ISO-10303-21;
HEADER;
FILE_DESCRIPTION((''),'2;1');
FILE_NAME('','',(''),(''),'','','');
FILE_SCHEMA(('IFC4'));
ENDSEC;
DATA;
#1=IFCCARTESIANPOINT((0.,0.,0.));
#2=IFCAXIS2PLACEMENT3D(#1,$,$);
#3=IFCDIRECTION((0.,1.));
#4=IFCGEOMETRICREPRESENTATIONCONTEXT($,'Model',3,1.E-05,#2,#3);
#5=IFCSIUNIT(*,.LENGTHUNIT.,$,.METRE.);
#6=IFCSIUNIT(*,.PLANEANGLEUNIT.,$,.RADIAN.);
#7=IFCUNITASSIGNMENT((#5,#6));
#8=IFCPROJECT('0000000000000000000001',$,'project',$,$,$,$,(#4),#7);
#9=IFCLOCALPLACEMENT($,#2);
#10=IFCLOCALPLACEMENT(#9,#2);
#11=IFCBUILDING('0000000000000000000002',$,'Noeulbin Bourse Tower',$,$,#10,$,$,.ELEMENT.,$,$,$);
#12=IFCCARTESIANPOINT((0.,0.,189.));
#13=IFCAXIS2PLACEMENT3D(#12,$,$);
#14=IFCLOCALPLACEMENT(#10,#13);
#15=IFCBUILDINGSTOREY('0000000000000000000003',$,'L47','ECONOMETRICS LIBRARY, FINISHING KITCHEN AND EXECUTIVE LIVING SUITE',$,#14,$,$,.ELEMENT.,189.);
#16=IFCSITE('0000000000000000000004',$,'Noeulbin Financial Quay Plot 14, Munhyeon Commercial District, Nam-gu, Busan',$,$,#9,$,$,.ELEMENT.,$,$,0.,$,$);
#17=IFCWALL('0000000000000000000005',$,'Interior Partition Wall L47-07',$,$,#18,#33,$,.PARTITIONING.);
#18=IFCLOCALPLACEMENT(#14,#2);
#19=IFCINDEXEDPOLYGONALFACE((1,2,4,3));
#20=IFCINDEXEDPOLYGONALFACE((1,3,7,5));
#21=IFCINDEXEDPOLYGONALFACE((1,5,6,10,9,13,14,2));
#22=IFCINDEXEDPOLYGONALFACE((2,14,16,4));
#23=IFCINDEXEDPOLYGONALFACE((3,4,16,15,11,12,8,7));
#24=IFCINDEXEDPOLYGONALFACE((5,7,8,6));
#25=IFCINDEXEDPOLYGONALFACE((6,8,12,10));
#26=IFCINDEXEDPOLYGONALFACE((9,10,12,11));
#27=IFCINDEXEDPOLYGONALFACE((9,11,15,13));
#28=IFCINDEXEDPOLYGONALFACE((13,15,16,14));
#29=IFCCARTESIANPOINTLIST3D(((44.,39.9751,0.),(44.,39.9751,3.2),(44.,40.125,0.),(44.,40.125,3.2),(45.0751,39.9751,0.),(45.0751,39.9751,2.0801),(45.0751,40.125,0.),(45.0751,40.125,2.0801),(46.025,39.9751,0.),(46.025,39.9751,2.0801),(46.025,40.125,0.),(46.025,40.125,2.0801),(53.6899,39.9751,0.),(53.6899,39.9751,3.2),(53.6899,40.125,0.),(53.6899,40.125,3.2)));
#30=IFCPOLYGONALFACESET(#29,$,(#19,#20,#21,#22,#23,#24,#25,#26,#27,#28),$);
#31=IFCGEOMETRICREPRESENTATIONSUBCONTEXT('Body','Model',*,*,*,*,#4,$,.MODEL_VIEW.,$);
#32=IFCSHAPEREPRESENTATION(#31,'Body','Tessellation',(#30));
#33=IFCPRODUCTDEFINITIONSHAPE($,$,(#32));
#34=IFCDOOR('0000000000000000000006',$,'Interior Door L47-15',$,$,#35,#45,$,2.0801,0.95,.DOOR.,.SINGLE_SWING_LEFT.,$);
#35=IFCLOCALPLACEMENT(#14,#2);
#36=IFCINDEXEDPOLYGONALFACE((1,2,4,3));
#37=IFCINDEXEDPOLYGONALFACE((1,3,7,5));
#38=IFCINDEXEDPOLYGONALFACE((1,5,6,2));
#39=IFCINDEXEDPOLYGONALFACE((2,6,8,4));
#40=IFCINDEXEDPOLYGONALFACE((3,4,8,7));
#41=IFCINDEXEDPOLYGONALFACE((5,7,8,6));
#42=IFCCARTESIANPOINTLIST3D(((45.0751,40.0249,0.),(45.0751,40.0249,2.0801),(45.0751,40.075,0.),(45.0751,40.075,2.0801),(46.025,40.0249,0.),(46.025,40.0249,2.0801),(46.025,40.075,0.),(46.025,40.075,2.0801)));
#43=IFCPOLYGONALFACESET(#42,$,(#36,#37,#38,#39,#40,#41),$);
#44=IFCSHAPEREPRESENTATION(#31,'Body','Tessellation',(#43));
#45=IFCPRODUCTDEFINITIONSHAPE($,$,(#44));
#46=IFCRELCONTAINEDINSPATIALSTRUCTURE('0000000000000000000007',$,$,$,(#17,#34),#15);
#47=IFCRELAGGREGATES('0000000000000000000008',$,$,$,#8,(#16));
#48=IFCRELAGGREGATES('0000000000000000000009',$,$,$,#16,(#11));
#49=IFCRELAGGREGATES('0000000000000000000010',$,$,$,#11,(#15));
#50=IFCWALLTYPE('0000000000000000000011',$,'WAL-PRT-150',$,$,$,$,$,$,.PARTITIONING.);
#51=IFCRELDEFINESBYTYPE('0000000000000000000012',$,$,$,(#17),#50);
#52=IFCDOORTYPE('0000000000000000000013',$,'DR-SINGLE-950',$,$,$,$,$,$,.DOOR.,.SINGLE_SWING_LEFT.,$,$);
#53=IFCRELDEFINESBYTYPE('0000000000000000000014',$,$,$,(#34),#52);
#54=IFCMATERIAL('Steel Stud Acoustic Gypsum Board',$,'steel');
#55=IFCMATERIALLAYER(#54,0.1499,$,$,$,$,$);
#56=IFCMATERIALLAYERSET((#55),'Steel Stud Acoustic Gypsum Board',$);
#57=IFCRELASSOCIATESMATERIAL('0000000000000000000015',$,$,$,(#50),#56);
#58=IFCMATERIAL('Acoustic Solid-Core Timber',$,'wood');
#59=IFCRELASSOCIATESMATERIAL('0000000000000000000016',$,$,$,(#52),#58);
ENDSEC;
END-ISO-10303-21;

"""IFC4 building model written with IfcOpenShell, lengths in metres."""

from ifc_helpers import new_model, si_unit, direction, frame, frame_2d, origin, place, context, subcontext, project, spatial, rectangle, extrude, material, layer, layer_set, type_object, element, fill, save


model = new_model("IFC4")

# Units and contexts
model_context = context("Model", 3, precision=1e-05, world=origin(), true_north=direction((0.0, 1.0)))
body_context = subcontext(model_context, "Body", "Model", "MODEL_VIEW")
ifc_project = project(units=[si_unit("LENGTHUNIT", "METRE"), si_unit("PLANEANGLEUNIT", "RADIAN")], contexts=[model_context])

# Site, building, storey
site_placement = place(None, origin())
site = spatial("IfcSite", under=ifc_project, at=site_placement, Name="Noeulbin Financial Quay Plot 14, Munhyeon Commercial District, Nam-gu, Busan", CompositionType="ELEMENT", RefElevation=0.0)
building_placement = place(site_placement, origin())
building = spatial("IfcBuilding", under=site, at=building_placement, Name="Noeulbin Bourse Tower", CompositionType="ELEMENT")
storey_placement = place(building_placement, frame((0.0, 0.0, 189.0)))
storey = spatial("IfcBuildingStorey", under=building, at=storey_placement, Name="L47", Description="ECONOMETRICS LIBRARY, FINISHING KITCHEN AND EXECUTIVE LIVING SUITE", CompositionType="ELEMENT", Elevation=189.0)

# Wall, opening, door
ifc_material_1 = material(Name="Steel Stud Acoustic Gypsum Board", Category="steel")
ifc_layer_1 = layer(ifc_material_1, 0.1499)
ifc_layer_set_1 = layer_set([ifc_layer_1], Name="Steel Stud Acoustic Gypsum Board")
wall_type_1 = type_object("IfcWallType", Name="WAL-PRT-150", PredefinedType="PARTITIONING", material=ifc_layer_set_1)
wall_placement = place(storey_placement, frame((44.0, 40.05, 0.0), z_axis=(0.0, 0.0, 1.0), x_axis=(1.0, 0.0, 0.0)))
wall = element("IfcWall", 1, at=wall_placement, inside=storey, type_object=wall_type_1, Name="Interior Partition Wall L47-07", PredefinedType="PARTITIONING", context=body_context, shape_type="SweptSolid", body=[
    extrude(rectangle(XDim=9.6899, YDim=0.1499, at=frame_2d((4.845, 0.0))), origin(), (0.0, 0.0, 1.0), 3.2),
])
opening_placement = place(wall_placement, frame((1.075, 0.0, 0.0)))
opening = element("IfcOpeningElement", 2, at=opening_placement, cuts=wall, PredefinedType="OPENING", context=body_context, shape_type="SweptSolid", body=[
    extrude(rectangle(XDim=0.95, YDim=2.0801, at=frame_2d((0.4751, 1.04))), frame((0.0, 0.085, 0.0), z_axis=(0.0, -1.0, 0.0), x_axis=(1.0, 0.0, 0.0)), (0.0, 0.0, 1.0), 0.1699),
])
ifc_material_2 = material(Name="Acoustic Solid-Core Timber", Category="wood")
door_type = type_object("IfcDoorType", Name="DR-SINGLE-950", OperationType="SINGLE_SWING_LEFT", PredefinedType="DOOR", material=ifc_material_2)
door_placement = place(opening_placement, origin())
door = element("IfcDoor", 3, at=door_placement, inside=storey, type_object=door_type, Name="Interior Door L47-15", OperationType="SINGLE_SWING_LEFT", OverallHeight=2.0801, OverallWidth=0.95, PredefinedType="DOOR", context=body_context, shape_type="SweptSolid", body=[
    extrude(rectangle(XDim=0.95, YDim=2.0801, at=frame_2d((0.4751, 1.04))), frame((0.0, 0.0249, 0.0), z_axis=(0.0, -1.0, 0.0), x_axis=(1.0, 0.0, 0.0)), (0.0, 0.0, 1.0), 0.05),
])
fill(opening, door)

save(model, "model.ifc")
